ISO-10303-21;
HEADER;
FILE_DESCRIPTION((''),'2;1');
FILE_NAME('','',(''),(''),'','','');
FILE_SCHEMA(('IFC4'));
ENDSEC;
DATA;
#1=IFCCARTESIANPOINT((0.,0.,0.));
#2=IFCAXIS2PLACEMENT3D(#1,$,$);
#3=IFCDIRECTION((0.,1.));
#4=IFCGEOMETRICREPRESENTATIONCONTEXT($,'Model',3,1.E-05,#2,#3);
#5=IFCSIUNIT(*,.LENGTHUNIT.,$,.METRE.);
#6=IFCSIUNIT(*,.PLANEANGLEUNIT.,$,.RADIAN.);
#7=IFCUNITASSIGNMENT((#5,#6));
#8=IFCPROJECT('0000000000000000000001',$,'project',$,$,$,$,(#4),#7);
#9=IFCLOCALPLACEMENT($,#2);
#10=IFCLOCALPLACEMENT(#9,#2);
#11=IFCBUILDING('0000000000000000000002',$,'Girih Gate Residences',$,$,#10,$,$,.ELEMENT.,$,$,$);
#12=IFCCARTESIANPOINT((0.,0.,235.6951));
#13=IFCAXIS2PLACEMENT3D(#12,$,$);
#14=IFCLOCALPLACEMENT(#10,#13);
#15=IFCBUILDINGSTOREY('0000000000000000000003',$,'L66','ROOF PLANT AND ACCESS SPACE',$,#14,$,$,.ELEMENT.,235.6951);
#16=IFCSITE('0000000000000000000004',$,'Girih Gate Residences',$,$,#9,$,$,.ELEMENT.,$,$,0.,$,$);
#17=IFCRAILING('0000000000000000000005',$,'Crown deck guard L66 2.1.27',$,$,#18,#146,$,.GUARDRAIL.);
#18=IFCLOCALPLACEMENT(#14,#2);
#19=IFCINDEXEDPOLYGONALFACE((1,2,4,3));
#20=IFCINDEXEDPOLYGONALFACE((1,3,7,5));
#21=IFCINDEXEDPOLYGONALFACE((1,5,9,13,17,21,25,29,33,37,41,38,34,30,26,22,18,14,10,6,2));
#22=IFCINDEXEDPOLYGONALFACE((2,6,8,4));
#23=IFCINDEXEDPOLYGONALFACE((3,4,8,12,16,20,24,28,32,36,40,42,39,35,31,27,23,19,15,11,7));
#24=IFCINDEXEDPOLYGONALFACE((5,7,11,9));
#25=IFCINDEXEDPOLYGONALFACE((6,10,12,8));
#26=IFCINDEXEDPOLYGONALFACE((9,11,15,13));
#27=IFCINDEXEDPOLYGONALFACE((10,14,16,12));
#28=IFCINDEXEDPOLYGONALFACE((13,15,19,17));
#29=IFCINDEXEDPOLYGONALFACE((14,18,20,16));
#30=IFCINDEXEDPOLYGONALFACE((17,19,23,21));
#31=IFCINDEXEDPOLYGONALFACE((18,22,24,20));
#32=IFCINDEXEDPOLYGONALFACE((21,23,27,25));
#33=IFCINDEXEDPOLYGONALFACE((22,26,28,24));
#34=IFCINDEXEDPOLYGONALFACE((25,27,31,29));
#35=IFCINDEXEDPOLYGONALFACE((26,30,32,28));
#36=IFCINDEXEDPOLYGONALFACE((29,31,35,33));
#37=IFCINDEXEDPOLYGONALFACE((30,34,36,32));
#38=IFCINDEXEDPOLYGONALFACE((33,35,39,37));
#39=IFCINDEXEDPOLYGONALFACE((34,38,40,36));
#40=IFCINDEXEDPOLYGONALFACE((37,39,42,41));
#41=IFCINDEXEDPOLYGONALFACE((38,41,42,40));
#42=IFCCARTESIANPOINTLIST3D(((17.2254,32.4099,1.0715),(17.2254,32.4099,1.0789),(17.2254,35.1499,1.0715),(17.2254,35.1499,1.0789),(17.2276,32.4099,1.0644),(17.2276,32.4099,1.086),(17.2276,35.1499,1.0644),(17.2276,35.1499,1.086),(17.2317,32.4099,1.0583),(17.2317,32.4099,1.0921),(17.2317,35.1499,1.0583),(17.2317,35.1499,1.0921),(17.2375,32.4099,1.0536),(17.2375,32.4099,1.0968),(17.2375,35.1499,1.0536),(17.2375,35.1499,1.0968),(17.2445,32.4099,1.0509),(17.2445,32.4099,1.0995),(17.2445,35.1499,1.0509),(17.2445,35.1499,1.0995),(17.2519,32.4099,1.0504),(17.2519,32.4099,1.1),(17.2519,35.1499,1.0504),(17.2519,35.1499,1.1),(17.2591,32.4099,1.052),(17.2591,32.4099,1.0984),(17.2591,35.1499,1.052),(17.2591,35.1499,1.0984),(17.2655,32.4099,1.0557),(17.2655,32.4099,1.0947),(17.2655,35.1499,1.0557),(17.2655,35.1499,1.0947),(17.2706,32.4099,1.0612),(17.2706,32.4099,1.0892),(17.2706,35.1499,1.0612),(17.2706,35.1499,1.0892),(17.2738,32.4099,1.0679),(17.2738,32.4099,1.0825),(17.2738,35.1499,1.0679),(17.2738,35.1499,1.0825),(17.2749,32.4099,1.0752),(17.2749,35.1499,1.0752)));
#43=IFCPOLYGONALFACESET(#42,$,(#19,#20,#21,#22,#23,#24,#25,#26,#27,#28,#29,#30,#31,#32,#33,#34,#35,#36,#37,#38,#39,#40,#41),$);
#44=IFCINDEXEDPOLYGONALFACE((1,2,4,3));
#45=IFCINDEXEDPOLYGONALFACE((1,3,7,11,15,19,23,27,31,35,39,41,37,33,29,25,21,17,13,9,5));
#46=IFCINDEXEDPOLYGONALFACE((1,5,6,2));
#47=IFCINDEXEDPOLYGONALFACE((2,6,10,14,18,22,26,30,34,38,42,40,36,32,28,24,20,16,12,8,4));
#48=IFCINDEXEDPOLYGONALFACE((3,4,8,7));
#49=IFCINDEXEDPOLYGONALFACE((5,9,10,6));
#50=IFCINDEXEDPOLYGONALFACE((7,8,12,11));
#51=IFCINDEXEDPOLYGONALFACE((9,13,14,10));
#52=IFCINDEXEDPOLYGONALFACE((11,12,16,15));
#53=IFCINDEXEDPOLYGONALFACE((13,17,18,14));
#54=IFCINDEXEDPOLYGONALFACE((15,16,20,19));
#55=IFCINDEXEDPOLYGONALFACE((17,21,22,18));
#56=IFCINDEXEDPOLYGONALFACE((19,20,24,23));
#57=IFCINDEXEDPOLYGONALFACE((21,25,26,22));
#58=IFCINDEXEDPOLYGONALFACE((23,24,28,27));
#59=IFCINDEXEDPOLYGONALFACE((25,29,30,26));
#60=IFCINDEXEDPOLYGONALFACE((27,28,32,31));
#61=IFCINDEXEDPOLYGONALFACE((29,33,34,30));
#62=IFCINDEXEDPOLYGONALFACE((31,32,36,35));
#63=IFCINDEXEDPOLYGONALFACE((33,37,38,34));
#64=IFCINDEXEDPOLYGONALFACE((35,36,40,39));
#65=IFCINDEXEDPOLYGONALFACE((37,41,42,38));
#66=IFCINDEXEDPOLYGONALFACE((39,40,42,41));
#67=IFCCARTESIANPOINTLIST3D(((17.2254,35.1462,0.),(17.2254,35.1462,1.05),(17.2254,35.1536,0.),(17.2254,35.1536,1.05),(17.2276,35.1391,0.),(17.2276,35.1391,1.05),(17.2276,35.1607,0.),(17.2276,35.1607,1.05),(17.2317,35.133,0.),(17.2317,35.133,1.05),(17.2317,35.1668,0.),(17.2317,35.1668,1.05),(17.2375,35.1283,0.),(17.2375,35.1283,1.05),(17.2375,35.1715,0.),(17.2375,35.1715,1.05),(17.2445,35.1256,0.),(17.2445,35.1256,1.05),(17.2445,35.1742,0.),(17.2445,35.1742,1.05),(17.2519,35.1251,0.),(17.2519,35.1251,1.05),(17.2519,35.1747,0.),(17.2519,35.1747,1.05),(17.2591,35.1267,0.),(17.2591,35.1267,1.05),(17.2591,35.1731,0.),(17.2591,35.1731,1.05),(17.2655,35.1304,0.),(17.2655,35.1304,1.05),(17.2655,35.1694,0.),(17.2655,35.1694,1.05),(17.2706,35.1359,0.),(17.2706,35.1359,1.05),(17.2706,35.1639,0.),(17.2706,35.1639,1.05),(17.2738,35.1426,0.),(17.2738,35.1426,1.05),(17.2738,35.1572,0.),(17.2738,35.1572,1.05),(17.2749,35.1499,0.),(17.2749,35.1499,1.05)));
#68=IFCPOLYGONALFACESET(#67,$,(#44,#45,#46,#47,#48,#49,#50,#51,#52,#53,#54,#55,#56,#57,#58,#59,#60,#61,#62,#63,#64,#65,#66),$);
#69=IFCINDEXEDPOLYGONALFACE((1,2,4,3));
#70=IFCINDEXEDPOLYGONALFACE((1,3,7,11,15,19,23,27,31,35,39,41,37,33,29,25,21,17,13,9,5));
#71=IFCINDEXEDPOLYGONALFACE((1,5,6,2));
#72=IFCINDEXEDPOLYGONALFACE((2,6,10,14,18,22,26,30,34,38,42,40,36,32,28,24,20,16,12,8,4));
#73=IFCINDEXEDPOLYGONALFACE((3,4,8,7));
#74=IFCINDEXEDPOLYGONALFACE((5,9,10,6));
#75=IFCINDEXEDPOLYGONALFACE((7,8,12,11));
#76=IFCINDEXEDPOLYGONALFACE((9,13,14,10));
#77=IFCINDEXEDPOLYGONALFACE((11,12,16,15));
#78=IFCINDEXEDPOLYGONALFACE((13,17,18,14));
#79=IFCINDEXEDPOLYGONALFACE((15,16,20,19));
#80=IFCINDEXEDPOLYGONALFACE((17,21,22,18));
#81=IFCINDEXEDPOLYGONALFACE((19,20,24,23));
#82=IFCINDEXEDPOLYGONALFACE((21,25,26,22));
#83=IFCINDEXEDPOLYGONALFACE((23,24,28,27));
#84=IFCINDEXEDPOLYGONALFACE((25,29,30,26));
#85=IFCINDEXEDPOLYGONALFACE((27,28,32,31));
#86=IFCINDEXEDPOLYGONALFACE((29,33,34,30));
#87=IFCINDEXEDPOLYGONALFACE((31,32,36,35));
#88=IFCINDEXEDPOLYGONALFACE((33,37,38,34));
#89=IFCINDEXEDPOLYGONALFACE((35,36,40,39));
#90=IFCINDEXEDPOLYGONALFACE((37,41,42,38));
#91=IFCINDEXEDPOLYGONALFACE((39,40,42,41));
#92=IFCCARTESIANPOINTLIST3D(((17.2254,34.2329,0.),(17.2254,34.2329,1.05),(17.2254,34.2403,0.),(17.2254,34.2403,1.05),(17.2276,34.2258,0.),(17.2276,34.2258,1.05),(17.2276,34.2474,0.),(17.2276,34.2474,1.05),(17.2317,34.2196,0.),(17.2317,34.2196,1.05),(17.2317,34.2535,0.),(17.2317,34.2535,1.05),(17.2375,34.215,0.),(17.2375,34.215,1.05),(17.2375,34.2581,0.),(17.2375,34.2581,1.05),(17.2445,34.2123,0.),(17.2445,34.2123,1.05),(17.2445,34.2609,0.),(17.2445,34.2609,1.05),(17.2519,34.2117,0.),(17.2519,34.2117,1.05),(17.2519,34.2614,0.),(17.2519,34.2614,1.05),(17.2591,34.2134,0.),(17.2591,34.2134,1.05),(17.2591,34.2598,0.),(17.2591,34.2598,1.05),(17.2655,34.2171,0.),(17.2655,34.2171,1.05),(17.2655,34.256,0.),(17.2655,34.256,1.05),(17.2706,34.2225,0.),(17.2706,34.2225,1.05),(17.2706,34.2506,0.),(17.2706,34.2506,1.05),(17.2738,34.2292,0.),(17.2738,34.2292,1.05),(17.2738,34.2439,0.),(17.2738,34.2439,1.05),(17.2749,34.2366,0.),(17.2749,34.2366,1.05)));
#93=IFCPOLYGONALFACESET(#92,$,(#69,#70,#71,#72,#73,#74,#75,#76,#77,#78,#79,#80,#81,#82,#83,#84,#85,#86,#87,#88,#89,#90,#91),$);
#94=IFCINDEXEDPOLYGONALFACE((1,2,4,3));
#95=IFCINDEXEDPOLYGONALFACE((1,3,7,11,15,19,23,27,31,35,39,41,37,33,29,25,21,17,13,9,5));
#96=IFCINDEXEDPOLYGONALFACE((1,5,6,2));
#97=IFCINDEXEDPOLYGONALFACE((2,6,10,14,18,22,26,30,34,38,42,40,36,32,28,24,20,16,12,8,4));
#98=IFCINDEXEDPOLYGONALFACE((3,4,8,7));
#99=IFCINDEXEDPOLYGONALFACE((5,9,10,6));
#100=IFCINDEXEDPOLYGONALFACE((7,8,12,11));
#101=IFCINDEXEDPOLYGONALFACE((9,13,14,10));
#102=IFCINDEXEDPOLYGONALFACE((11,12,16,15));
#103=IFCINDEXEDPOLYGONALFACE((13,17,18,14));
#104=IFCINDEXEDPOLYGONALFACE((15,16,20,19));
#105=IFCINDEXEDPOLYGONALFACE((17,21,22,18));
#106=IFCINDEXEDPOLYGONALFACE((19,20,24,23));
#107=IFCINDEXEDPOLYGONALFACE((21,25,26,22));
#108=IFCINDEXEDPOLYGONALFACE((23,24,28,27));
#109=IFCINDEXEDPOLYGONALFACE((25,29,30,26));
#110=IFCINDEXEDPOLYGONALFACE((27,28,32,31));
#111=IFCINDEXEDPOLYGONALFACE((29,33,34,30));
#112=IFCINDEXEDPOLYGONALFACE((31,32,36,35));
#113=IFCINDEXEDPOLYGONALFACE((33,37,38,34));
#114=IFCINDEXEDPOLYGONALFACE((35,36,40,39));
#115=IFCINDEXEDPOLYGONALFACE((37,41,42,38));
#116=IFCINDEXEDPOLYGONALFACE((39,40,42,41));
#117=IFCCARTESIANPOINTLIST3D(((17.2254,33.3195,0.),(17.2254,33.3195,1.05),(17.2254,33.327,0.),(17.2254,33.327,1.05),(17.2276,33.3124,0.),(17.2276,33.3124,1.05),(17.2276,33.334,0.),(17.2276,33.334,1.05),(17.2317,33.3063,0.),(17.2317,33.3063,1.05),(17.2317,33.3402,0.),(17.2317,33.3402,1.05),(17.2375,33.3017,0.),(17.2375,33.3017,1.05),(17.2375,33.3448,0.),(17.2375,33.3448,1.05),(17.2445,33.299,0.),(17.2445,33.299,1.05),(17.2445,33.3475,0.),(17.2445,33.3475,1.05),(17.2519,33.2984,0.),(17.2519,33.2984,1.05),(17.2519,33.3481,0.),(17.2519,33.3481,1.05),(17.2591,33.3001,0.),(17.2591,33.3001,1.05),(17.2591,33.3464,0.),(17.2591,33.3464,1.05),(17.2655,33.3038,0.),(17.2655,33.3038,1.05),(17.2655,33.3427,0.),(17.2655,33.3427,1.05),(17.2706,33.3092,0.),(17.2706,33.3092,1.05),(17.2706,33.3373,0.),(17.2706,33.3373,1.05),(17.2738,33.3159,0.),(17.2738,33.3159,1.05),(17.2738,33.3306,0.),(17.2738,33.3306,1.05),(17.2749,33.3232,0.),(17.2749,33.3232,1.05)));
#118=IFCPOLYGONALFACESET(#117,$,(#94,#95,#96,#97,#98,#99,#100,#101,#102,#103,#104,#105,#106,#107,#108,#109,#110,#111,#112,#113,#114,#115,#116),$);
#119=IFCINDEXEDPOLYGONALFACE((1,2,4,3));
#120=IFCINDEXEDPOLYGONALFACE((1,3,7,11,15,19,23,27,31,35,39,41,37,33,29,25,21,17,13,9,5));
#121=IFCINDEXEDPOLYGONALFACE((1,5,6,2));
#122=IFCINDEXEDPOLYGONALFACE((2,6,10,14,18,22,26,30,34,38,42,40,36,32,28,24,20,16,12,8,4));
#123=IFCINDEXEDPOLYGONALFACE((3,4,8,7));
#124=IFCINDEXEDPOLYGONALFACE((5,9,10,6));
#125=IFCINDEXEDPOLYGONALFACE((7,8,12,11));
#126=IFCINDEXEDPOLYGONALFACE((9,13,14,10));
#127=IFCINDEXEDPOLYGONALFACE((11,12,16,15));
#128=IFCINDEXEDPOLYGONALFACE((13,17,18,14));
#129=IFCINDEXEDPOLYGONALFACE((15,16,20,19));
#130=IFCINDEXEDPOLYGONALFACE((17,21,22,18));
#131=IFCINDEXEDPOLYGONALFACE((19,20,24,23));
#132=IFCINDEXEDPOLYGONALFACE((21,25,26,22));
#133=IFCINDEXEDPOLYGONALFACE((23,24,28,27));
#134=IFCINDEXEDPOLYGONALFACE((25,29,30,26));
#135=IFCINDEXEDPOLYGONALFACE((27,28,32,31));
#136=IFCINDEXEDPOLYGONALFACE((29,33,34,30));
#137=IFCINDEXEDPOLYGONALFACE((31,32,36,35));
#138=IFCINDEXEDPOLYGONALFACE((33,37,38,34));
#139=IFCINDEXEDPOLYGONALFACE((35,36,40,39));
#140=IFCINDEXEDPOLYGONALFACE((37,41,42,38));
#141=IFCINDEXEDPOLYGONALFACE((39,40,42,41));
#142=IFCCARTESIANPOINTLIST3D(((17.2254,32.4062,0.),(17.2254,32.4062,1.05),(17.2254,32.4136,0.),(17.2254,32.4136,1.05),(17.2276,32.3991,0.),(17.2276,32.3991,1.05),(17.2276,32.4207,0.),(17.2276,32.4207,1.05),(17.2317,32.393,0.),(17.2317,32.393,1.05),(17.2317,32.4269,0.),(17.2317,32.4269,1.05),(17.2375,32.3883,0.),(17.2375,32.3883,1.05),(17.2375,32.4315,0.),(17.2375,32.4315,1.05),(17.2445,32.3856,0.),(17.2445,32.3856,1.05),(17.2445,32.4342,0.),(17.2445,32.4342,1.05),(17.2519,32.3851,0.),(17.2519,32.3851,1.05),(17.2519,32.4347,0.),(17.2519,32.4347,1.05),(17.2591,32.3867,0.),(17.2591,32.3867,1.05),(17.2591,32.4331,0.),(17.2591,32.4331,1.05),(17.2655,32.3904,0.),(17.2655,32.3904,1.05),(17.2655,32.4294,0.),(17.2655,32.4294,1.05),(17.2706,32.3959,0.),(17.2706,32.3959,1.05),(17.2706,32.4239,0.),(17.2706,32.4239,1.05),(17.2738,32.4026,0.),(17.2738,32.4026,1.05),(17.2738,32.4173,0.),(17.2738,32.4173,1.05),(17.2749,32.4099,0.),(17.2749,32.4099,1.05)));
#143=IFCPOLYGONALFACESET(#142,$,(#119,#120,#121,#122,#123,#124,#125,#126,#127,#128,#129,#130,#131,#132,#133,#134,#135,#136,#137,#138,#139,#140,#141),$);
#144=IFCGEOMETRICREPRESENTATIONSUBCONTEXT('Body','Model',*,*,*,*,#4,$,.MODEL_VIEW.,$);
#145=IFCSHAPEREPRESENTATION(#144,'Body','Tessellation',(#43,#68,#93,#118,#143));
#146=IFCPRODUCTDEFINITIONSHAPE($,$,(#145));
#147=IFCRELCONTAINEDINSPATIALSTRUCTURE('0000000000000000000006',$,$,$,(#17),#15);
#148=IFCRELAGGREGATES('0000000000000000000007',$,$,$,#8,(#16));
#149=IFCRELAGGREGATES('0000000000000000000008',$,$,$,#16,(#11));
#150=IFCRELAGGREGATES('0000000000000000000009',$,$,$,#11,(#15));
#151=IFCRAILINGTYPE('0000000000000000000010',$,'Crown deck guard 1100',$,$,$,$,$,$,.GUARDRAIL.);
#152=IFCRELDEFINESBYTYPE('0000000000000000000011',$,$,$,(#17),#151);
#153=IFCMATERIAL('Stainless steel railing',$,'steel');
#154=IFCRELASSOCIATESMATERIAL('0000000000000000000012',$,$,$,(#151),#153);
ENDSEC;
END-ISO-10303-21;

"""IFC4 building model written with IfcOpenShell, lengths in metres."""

from ifc_helpers import new_model, si_unit, direction, frame, origin, origin_2d, place, context, subcontext, project, spatial, circle, extrude, material, type_object, element, save


model = new_model("IFC4")

# Units and contexts
model_context = context("Model", 3, precision=1e-05, world=origin(), true_north=direction((0.0, 1.0)))
body_context = subcontext(model_context, "Body", "Model", "MODEL_VIEW")
ifc_project = project(units=[si_unit("LENGTHUNIT", "METRE"), si_unit("PLANEANGLEUNIT", "RADIAN")], contexts=[model_context])

# Site, building, storey
site_placement = place(None, origin())
site = spatial("IfcSite", under=ifc_project, at=site_placement, Name="Girih Gate Residences", CompositionType="ELEMENT", RefElevation=0.0)
building_placement = place(site_placement, origin())
building = spatial("IfcBuilding", under=site, at=building_placement, Name="Girih Gate Residences", CompositionType="ELEMENT")
storey_placement = place(building_placement, frame((0.0, 0.0, 235.6951)))
storey = spatial("IfcBuildingStorey", under=building, at=storey_placement, Name="L66", Description="ROOF PLANT AND ACCESS SPACE", CompositionType="ELEMENT", Elevation=235.6951)

# Railing
ifc_material_1 = material(Name="Stainless steel railing", Category="steel")
railing_type = type_object("IfcRailingType", Name="Crown deck guard 1100", PredefinedType="GUARDRAIL", material=ifc_material_1)
railing_1_placement = place(storey_placement, frame((17.25, 35.1499, 0.0)))
element("IfcRailing", 1, at=railing_1_placement, inside=storey, type_object=railing_type, Name="Crown deck guard L66 2.1.27", PredefinedType="GUARDRAIL", context=body_context, shape_type="SweptSolid", body=[
    extrude(circle(Radius=0.0249, at=origin_2d()), frame((0.0, 0.0, 1.0752), z_axis=(0.0, -1.0, 0.0), x_axis=(1.0, 0.0, 0.0)), (0.0, 0.0, 1.0), 2.74),
    extrude(circle(Radius=0.0249, at=origin_2d()), origin(), (0.0, 0.0, 1.0), 1.05),
    extrude(circle(Radius=0.0249, at=origin_2d()), frame((0.0, -0.9133, 0.0)), (0.0, 0.0, 1.0), 1.05),
    extrude(circle(Radius=0.0249, at=origin_2d()), frame((0.0, -1.8267, 0.0)), (0.0, 0.0, 1.0), 1.05),
    extrude(circle(Radius=0.0249, at=origin_2d()), frame((0.0, -2.74, 0.0)), (0.0, 0.0, 1.0), 1.05),
])

save(model, "model.ifc")
